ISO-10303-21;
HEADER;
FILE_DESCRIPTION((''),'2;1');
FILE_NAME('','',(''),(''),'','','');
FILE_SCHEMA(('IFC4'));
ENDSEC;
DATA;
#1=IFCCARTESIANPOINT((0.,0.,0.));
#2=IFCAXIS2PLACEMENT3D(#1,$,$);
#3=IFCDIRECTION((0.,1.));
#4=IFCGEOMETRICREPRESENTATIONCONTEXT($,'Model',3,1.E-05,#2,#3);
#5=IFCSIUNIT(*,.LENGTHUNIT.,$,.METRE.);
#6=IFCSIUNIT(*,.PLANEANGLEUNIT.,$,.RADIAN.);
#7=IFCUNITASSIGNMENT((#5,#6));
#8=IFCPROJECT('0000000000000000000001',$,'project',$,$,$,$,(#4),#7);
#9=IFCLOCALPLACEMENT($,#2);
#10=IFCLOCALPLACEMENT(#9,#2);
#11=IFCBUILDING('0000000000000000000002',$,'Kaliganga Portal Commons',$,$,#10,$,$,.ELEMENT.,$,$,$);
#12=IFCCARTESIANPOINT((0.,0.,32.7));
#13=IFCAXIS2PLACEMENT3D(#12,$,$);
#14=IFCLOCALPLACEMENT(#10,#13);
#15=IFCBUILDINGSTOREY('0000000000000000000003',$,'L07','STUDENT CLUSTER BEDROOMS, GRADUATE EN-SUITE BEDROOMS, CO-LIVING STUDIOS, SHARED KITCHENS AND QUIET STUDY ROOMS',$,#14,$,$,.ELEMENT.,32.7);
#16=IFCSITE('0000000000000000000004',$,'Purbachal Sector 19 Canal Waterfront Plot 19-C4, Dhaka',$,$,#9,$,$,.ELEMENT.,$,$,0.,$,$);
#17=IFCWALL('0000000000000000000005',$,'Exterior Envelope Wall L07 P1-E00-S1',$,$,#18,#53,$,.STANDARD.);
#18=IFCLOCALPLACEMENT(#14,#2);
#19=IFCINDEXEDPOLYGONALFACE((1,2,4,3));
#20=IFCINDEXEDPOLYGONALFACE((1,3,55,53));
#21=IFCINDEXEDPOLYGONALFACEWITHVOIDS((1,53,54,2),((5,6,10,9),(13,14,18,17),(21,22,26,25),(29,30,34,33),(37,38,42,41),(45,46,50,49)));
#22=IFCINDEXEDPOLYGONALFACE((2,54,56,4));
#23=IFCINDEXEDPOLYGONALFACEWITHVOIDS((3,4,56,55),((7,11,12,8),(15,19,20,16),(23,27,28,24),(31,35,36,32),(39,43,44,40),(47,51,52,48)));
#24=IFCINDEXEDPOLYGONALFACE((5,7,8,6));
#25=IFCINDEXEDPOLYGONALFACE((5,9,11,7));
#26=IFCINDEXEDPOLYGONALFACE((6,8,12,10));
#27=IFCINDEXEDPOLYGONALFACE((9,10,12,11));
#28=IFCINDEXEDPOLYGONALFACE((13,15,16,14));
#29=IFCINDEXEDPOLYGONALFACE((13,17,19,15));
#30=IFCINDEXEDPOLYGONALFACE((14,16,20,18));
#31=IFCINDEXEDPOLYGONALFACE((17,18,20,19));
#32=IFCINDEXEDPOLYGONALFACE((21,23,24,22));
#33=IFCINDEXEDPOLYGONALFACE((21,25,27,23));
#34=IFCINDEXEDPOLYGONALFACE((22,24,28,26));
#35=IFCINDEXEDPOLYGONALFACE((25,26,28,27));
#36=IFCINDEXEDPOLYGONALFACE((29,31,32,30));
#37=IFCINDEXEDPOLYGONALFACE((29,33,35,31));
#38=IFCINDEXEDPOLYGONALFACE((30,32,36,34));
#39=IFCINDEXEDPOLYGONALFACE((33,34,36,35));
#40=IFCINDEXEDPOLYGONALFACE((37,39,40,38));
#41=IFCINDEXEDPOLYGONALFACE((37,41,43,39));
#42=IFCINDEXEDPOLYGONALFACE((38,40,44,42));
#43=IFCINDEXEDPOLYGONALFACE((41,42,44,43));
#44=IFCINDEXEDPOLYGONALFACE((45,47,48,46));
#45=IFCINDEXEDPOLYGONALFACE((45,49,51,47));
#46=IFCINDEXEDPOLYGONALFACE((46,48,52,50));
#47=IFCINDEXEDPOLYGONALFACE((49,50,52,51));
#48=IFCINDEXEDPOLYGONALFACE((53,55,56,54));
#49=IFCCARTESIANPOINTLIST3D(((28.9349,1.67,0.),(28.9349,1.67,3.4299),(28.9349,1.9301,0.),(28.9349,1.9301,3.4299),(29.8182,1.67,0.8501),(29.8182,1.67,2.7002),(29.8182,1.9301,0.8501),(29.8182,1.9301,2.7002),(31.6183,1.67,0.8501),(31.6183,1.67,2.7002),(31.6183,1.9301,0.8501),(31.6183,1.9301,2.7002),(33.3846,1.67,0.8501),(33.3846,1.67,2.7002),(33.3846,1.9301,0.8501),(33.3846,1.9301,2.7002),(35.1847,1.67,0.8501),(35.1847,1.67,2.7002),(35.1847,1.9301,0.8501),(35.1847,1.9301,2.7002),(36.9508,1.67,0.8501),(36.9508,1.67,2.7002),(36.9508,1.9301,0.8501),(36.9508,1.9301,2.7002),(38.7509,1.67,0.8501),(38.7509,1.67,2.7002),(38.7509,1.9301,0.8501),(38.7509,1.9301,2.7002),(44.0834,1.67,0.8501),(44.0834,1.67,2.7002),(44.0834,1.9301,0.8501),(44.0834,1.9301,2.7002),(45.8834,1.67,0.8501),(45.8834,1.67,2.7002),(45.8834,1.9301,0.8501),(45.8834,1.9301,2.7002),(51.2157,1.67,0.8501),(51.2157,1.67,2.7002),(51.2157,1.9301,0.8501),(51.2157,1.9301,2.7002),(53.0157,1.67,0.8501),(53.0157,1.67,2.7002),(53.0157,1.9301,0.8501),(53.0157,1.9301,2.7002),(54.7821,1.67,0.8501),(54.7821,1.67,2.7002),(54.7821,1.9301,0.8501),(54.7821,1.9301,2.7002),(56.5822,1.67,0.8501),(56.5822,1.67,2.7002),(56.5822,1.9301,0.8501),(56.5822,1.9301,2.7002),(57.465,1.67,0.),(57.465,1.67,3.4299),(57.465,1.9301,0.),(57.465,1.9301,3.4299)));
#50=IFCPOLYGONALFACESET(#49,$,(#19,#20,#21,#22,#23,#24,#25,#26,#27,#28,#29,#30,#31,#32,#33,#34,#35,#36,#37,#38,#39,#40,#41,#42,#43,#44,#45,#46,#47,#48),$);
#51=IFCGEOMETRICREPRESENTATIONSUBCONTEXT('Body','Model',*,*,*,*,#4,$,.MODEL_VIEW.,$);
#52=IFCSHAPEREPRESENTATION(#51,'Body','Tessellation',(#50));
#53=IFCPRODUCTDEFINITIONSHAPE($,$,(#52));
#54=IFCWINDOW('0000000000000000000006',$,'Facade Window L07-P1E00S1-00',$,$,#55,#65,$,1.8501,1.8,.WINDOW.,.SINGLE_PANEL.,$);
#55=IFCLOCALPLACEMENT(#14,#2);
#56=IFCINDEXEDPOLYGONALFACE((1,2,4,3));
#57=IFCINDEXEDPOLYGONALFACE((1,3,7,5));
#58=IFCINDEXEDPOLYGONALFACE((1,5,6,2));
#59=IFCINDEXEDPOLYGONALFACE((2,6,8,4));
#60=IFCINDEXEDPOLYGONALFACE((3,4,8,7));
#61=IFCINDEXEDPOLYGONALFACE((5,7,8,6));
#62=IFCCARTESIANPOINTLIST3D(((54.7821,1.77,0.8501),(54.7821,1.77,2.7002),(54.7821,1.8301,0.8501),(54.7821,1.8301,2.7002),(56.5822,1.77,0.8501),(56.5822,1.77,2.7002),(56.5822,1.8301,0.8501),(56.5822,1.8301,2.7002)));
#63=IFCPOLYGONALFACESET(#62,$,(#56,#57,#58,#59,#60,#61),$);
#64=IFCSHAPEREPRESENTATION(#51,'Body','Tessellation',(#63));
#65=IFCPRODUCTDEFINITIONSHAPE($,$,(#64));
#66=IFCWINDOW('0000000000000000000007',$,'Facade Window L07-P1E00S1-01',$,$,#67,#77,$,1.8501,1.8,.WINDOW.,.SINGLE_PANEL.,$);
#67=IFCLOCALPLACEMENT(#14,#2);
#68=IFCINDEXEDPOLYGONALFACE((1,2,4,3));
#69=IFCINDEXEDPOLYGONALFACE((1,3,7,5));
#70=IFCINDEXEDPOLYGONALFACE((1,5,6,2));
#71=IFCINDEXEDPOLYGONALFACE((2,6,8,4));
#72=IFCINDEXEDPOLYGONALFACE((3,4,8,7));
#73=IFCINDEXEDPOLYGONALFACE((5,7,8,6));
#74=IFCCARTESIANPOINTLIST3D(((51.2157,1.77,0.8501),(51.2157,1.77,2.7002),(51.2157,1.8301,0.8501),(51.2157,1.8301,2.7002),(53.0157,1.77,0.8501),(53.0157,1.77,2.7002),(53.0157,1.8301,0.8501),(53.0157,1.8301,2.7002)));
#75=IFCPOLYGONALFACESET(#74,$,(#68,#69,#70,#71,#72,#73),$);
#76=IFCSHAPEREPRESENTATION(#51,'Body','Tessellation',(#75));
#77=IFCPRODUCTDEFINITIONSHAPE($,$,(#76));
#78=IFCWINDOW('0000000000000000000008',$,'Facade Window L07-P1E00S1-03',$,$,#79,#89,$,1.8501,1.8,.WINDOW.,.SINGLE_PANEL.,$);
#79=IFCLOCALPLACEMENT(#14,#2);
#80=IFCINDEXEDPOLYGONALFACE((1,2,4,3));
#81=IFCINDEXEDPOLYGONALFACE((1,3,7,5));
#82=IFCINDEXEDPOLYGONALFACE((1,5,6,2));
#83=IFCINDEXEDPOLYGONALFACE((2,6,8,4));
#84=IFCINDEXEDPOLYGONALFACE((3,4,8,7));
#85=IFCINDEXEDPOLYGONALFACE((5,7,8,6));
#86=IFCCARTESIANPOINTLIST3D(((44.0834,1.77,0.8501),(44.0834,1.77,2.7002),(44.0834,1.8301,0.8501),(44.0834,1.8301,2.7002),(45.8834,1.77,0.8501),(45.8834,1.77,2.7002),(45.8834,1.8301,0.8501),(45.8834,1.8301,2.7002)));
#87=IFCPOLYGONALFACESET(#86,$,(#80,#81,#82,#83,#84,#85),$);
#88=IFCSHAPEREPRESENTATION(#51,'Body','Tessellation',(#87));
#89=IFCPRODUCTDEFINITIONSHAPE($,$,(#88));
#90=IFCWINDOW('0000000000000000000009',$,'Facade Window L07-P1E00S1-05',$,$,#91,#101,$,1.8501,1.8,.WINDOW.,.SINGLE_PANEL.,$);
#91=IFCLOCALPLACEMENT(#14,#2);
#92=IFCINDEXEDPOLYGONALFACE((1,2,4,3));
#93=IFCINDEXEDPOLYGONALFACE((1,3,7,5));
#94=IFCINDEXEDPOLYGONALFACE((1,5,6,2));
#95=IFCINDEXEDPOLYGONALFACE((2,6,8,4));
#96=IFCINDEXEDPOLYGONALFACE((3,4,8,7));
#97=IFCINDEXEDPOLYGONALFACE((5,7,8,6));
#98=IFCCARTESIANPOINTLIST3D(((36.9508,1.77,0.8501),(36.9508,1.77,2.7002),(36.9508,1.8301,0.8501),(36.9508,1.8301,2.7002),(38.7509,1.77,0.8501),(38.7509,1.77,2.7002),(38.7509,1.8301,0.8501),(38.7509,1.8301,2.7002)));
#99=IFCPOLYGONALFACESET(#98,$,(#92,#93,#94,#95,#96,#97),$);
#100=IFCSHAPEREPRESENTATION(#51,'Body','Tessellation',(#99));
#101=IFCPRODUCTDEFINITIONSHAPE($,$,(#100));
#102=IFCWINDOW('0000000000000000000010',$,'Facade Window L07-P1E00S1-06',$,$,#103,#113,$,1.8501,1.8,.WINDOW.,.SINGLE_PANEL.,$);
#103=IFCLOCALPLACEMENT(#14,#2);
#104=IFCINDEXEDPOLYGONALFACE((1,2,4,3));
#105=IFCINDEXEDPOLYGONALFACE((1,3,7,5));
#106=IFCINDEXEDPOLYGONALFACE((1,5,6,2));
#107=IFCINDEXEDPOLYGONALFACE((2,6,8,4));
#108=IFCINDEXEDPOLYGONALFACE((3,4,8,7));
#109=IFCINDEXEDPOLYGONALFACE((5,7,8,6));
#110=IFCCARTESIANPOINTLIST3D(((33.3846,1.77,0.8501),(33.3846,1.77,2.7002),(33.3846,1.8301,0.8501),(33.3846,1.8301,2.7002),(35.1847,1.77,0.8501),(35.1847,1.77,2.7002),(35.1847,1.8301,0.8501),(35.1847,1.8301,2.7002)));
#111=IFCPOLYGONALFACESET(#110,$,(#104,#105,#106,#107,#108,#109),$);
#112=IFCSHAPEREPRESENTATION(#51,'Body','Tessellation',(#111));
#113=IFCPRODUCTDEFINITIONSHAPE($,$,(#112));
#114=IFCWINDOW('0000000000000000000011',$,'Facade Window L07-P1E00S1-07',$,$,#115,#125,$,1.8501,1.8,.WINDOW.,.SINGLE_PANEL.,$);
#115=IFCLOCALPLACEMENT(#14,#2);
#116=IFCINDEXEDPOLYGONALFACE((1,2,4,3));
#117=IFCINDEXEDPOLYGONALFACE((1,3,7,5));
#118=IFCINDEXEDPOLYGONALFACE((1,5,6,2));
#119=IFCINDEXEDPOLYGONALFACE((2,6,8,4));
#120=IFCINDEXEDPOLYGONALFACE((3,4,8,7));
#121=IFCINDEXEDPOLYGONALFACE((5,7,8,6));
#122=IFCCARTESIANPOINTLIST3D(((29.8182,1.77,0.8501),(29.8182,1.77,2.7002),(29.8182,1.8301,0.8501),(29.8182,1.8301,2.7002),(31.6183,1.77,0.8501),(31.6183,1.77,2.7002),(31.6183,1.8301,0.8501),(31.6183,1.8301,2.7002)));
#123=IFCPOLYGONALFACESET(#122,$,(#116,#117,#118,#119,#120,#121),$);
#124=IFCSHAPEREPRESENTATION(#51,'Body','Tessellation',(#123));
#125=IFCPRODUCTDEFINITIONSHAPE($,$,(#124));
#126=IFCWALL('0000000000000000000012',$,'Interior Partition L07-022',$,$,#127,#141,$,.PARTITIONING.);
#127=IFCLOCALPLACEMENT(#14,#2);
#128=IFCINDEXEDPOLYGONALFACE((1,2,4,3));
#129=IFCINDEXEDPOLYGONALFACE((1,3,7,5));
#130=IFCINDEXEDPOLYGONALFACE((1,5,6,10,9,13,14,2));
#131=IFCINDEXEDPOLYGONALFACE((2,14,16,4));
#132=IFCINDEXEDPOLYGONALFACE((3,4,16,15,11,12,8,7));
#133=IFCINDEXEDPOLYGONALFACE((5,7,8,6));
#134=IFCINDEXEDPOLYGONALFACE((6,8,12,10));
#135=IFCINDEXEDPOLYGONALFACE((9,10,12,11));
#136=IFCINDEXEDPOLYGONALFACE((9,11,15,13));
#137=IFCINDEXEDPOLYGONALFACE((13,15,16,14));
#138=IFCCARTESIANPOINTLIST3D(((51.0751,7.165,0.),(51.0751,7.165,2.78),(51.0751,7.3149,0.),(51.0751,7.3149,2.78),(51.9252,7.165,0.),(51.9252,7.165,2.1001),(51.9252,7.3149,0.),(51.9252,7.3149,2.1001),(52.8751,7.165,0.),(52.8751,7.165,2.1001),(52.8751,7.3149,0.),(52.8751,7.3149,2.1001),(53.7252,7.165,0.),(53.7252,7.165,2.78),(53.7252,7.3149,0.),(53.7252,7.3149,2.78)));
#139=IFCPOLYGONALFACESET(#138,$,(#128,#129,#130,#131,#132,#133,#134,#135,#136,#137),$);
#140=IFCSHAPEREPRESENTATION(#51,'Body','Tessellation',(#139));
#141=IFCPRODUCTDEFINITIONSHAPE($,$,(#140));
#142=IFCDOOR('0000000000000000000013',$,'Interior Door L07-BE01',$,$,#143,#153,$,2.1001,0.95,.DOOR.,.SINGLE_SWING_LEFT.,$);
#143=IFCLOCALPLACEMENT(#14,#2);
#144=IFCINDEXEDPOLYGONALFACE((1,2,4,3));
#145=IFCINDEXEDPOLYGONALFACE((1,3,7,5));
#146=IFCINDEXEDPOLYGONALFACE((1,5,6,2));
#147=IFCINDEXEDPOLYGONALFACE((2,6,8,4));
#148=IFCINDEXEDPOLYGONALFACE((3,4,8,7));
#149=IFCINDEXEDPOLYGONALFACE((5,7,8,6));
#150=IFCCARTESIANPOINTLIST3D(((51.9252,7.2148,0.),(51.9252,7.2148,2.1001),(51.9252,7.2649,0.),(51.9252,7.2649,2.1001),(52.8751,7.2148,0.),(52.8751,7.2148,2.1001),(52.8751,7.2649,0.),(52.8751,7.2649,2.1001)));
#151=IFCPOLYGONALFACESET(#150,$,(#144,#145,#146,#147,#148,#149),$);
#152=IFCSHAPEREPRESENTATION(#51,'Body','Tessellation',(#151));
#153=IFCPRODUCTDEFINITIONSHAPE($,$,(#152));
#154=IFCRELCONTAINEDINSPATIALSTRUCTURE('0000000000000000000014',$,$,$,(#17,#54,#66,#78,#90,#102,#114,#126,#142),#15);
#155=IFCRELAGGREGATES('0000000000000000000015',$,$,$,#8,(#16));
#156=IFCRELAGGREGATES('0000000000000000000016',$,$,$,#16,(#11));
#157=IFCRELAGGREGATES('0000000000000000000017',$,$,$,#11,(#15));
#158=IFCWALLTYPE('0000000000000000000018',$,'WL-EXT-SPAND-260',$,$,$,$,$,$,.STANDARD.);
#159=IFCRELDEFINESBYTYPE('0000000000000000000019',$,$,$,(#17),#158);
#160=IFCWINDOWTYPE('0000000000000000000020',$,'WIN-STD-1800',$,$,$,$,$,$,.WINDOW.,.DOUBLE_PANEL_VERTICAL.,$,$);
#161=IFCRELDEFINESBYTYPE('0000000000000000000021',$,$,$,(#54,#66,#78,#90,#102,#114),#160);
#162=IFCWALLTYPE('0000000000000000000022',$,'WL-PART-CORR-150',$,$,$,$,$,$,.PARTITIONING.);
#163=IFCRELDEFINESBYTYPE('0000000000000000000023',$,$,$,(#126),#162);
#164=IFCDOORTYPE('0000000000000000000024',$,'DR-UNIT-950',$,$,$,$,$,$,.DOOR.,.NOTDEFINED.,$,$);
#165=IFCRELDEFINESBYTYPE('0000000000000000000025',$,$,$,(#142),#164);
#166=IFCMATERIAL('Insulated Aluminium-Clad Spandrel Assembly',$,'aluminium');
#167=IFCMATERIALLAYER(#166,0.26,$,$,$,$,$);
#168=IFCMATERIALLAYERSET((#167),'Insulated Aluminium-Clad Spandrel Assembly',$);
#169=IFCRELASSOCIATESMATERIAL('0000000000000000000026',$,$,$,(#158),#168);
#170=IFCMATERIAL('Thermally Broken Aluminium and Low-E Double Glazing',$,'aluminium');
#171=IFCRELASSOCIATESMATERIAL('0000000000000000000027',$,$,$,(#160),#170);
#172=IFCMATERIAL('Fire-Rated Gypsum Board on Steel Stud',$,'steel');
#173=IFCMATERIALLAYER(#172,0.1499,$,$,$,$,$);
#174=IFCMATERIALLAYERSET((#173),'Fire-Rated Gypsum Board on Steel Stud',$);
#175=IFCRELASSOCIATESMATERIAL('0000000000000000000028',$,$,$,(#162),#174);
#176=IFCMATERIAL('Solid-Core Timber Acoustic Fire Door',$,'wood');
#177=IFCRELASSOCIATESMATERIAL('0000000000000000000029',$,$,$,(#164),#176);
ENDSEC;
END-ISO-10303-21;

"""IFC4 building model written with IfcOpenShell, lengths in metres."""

from ifc_helpers import new_model, si_unit, direction, frame, frame_2d, origin, place, context, subcontext, project, spatial, rectangle, extrude, material, layer, layer_set, type_object, element, fill, save


model = new_model("IFC4")

# Units and contexts
model_context = context("Model", 3, precision=1e-05, world=origin(), true_north=direction((0.0, 1.0)))
body_context = subcontext(model_context, "Body", "Model", "MODEL_VIEW")
ifc_project = project(units=[si_unit("LENGTHUNIT", "METRE"), si_unit("PLANEANGLEUNIT", "RADIAN")], contexts=[model_context])

# Site, building, storey
site_placement = place(None, origin())
site = spatial("IfcSite", under=ifc_project, at=site_placement, Name="Purbachal Sector 19 Canal Waterfront Plot 19-C4, Dhaka", CompositionType="ELEMENT", RefElevation=0.0)
building_placement = place(site_placement, origin())
building = spatial("IfcBuilding", under=site, at=building_placement, Name="Kaliganga Portal Commons", CompositionType="ELEMENT")
storey_placement = place(building_placement, frame((0.0, 0.0, 32.7)))
storey = spatial("IfcBuildingStorey", under=building, at=storey_placement, Name="L07", Description="STUDENT CLUSTER BEDROOMS, GRADUATE EN-SUITE BEDROOMS, CO-LIVING STUDIOS, SHARED KITCHENS AND QUIET STUDY ROOMS", CompositionType="ELEMENT", Elevation=32.7)

# Wall, openings, windows
ifc_material_1 = material(Name="Insulated Aluminium-Clad Spandrel Assembly", Category="aluminium")
ifc_layer_1 = layer(ifc_material_1, 0.26)
ifc_layer_set_1 = layer_set([ifc_layer_1], Name="Insulated Aluminium-Clad Spandrel Assembly")
wall_type_1 = type_object("IfcWallType", Name="WL-EXT-SPAND-260", PredefinedType="STANDARD", material=ifc_layer_set_1)
wall_1_placement = place(storey_placement, frame((57.4651, 1.8, 0.0), z_axis=(0.0, 0.0, 1.0), x_axis=(-1.0, 0.0, 0.0)))
wall_1 = element("IfcWall", 1, at=wall_1_placement, inside=storey, type_object=wall_type_1, Name="Exterior Envelope Wall L07 P1-E00-S1", PredefinedType="STANDARD", context=body_context, shape_type="SweptSolid", body=[
    extrude(rectangle(XDim=28.53, YDim=0.26, at=frame_2d((14.2651, 0.0))), origin(), (0.0, 0.0, 1.0), 3.4299),
])
opening_1_placement = place(wall_1_placement, frame((0.8831, 0.0, 0.8501)))
opening_1 = element("IfcOpeningElement", 2, at=opening_1_placement, cuts=wall_1, PredefinedType="OPENING", context=body_context, shape_type="SweptSolid", body=[
    extrude(rectangle(XDim=1.8, YDim=1.8501, at=frame_2d((0.8999, 0.925))), frame((0.0, 0.1401, 0.0), z_axis=(0.0, -1.0, 0.0), x_axis=(1.0, 0.0, 0.0)), (0.0, 0.0, 1.0), 0.28),
])
opening_2_placement = place(wall_1_placement, frame((4.4495, 0.0, 0.8501)))
opening_2 = element("IfcOpeningElement", 3, at=opening_2_placement, cuts=wall_1, PredefinedType="OPENING", context=body_context, shape_type="SweptSolid", body=[
    extrude(rectangle(XDim=1.8, YDim=1.8501, at=frame_2d((0.8999, 0.925))), frame((0.0, 0.1401, 0.0), z_axis=(0.0, -1.0, 0.0), x_axis=(1.0, 0.0, 0.0)), (0.0, 0.0, 1.0), 0.28),
])
opening_3_placement = place(wall_1_placement, frame((11.5818, 0.0, 0.8501)))
opening_3 = element("IfcOpeningElement", 4, at=opening_3_placement, cuts=wall_1, PredefinedType="OPENING", context=body_context, shape_type="SweptSolid", body=[
    extrude(rectangle(XDim=1.8, YDim=1.8501, at=frame_2d((0.8999, 0.925))), frame((0.0, 0.1401, 0.0), z_axis=(0.0, -1.0, 0.0), x_axis=(1.0, 0.0, 0.0)), (0.0, 0.0, 1.0), 0.28),
])
opening_4_placement = place(wall_1_placement, frame((18.7144, 0.0, 0.8501)))
opening_4 = element("IfcOpeningElement", 5, at=opening_4_placement, cuts=wall_1, PredefinedType="OPENING", context=body_context, shape_type="SweptSolid", body=[
    extrude(rectangle(XDim=1.8, YDim=1.8501, at=frame_2d((0.8999, 0.925))), frame((0.0, 0.1401, 0.0), z_axis=(0.0, -1.0, 0.0), x_axis=(1.0, 0.0, 0.0)), (0.0, 0.0, 1.0), 0.28),
])
opening_5_placement = place(wall_1_placement, frame((22.2805, 0.0, 0.8501)))
opening_5 = element("IfcOpeningElement", 6, at=opening_5_placement, cuts=wall_1, PredefinedType="OPENING", context=body_context, shape_type="SweptSolid", body=[
    extrude(rectangle(XDim=1.8, YDim=1.8501, at=frame_2d((0.8999, 0.925))), frame((0.0, 0.1401, 0.0), z_axis=(0.0, -1.0, 0.0), x_axis=(1.0, 0.0, 0.0)), (0.0, 0.0, 1.0), 0.28),
])
opening_6_placement = place(wall_1_placement, frame((25.8469, 0.0, 0.8501)))
opening_6 = element("IfcOpeningElement", 7, at=opening_6_placement, cuts=wall_1, PredefinedType="OPENING", context=body_context, shape_type="SweptSolid", body=[
    extrude(rectangle(XDim=1.8, YDim=1.8501, at=frame_2d((0.8999, 0.925))), frame((0.0, 0.1401, 0.0), z_axis=(0.0, -1.0, 0.0), x_axis=(1.0, 0.0, 0.0)), (0.0, 0.0, 1.0), 0.28),
])
ifc_material_2 = material(Name="Thermally Broken Aluminium and Low-E Double Glazing", Category="aluminium")
window_type = type_object("IfcWindowType", Name="WIN-STD-1800", PartitioningType="DOUBLE_PANEL_VERTICAL", PredefinedType="WINDOW", material=ifc_material_2)
window_1_placement = place(opening_1_placement, origin())
window_1 = element("IfcWindow", 8, at=window_1_placement, inside=storey, type_object=window_type, Name="Facade Window L07-P1E00S1-00", OverallHeight=1.8501, OverallWidth=1.8, PartitioningType="SINGLE_PANEL", PredefinedType="WINDOW", context=body_context, shape_type="SweptSolid", body=[
    extrude(rectangle(XDim=1.8, YDim=1.8501, at=frame_2d((0.8999, 0.925))), frame((0.0, 0.03, 0.0), z_axis=(0.0, -1.0, 0.0), x_axis=(1.0, 0.0, 0.0)), (0.0, 0.0, 1.0), 0.0601),
])
fill(opening_1, window_1)
window_2_placement = place(opening_2_placement, origin())
window_2 = element("IfcWindow", 9, at=window_2_placement, inside=storey, type_object=window_type, Name="Facade Window L07-P1E00S1-01", OverallHeight=1.8501, OverallWidth=1.8, PartitioningType="SINGLE_PANEL", PredefinedType="WINDOW", context=body_context, shape_type="SweptSolid", body=[
    extrude(rectangle(XDim=1.8, YDim=1.8501, at=frame_2d((0.8999, 0.925))), frame((0.0, 0.03, 0.0), z_axis=(0.0, -1.0, 0.0), x_axis=(1.0, 0.0, 0.0)), (0.0, 0.0, 1.0), 0.0601),
])
fill(opening_2, window_2)
window_3_placement = place(opening_3_placement, origin())
window_3 = element("IfcWindow", 10, at=window_3_placement, inside=storey, type_object=window_type, Name="Facade Window L07-P1E00S1-03", OverallHeight=1.8501, OverallWidth=1.8, PartitioningType="SINGLE_PANEL", PredefinedType="WINDOW", context=body_context, shape_type="SweptSolid", body=[
    extrude(rectangle(XDim=1.8, YDim=1.8501, at=frame_2d((0.8999, 0.925))), frame((0.0, 0.03, 0.0), z_axis=(0.0, -1.0, 0.0), x_axis=(1.0, 0.0, 0.0)), (0.0, 0.0, 1.0), 0.0601),
])
fill(opening_3, window_3)
window_4_placement = place(opening_4_placement, origin())
window_4 = element("IfcWindow", 11, at=window_4_placement, inside=storey, type_object=window_type, Name="Facade Window L07-P1E00S1-05", OverallHeight=1.8501, OverallWidth=1.8, PartitioningType="SINGLE_PANEL", PredefinedType="WINDOW", context=body_context, shape_type="SweptSolid", body=[
    extrude(rectangle(XDim=1.8, YDim=1.8501, at=frame_2d((0.8999, 0.925))), frame((0.0, 0.03, 0.0), z_axis=(0.0, -1.0, 0.0), x_axis=(1.0, 0.0, 0.0)), (0.0, 0.0, 1.0), 0.0601),
])
fill(opening_4, window_4)
window_5_placement = place(opening_5_placement, origin())
window_5 = element("IfcWindow", 12, at=window_5_placement, inside=storey, type_object=window_type, Name="Facade Window L07-P1E00S1-06", OverallHeight=1.8501, OverallWidth=1.8, PartitioningType="SINGLE_PANEL", PredefinedType="WINDOW", context=body_context, shape_type="SweptSolid", body=[
    extrude(rectangle(XDim=1.8, YDim=1.8501, at=frame_2d((0.8999, 0.925))), frame((0.0, 0.03, 0.0), z_axis=(0.0, -1.0, 0.0), x_axis=(1.0, 0.0, 0.0)), (0.0, 0.0, 1.0), 0.0601),
])
fill(opening_5, window_5)
window_6_placement = place(opening_6_placement, origin())
window_6 = element("IfcWindow", 13, at=window_6_placement, inside=storey, type_object=window_type, Name="Facade Window L07-P1E00S1-07", OverallHeight=1.8501, OverallWidth=1.8, PartitioningType="SINGLE_PANEL", PredefinedType="WINDOW", context=body_context, shape_type="SweptSolid", body=[
    extrude(rectangle(XDim=1.8, YDim=1.8501, at=frame_2d((0.8999, 0.925))), frame((0.0, 0.03, 0.0), z_axis=(0.0, -1.0, 0.0), x_axis=(1.0, 0.0, 0.0)), (0.0, 0.0, 1.0), 0.0601),
])
fill(opening_6, window_6)

# Wall, opening, door
ifc_material_3 = material(Name="Fire-Rated Gypsum Board on Steel Stud", Category="steel")
ifc_layer_2 = layer(ifc_material_3, 0.1499)
ifc_layer_set_2 = layer_set([ifc_layer_2], Name="Fire-Rated Gypsum Board on Steel Stud")
wall_type_2 = type_object("IfcWallType", Name="WL-PART-CORR-150", PredefinedType="PARTITIONING", material=ifc_layer_set_2)
wall_2_placement = place(storey_placement, frame((51.075, 7.24, 0.0), z_axis=(0.0, 0.0, 1.0), x_axis=(1.0, 0.0, 0.0)))
wall_2 = element("IfcWall", 14, at=wall_2_placement, inside=storey, type_object=wall_type_2, Name="Interior Partition L07-022", PredefinedType="PARTITIONING", context=body_context, shape_type="SweptSolid", body=[
    extrude(rectangle(XDim=2.6501, YDim=0.1499, at=frame_2d((1.3252, 0.0))), origin(), (0.0, 0.0, 1.0), 2.78),
])
opening_7_placement = place(wall_2_placement, frame((0.8501, 0.0, 0.0)))
opening_7 = element("IfcOpeningElement", 15, at=opening_7_placement, cuts=wall_2, PredefinedType="OPENING", context=body_context, shape_type="SweptSolid", body=[
    extrude(rectangle(XDim=0.95, YDim=2.1001, at=frame_2d((0.4751, 1.05))), frame((0.0, 0.085, 0.0), z_axis=(0.0, -1.0, 0.0), x_axis=(1.0, 0.0, 0.0)), (0.0, 0.0, 1.0), 0.1699),
])
ifc_material_4 = material(Name="Solid-Core Timber Acoustic Fire Door", Category="wood")
door_type_1 = type_object("IfcDoorType", Name="DR-UNIT-950", OperationType="NOTDEFINED", PredefinedType="DOOR", material=ifc_material_4)
door_1_placement = place(opening_7_placement, origin())
door_1 = element("IfcDoor", 16, at=door_1_placement, inside=storey, type_object=door_type_1, Name="Interior Door L07-BE01", OperationType="SINGLE_SWING_LEFT", OverallHeight=2.1001, OverallWidth=0.95, PredefinedType="DOOR", context=body_context, shape_type="SweptSolid", body=[
    extrude(rectangle(XDim=0.95, YDim=2.1001, at=frame_2d((0.4751, 1.05))), frame((0.0, 0.0249, 0.0), z_axis=(0.0, -1.0, 0.0), x_axis=(1.0, 0.0, 0.0)), (0.0, 0.0, 1.0), 0.05),
])
fill(opening_7, door_1)

save(model, "model.ifc")
